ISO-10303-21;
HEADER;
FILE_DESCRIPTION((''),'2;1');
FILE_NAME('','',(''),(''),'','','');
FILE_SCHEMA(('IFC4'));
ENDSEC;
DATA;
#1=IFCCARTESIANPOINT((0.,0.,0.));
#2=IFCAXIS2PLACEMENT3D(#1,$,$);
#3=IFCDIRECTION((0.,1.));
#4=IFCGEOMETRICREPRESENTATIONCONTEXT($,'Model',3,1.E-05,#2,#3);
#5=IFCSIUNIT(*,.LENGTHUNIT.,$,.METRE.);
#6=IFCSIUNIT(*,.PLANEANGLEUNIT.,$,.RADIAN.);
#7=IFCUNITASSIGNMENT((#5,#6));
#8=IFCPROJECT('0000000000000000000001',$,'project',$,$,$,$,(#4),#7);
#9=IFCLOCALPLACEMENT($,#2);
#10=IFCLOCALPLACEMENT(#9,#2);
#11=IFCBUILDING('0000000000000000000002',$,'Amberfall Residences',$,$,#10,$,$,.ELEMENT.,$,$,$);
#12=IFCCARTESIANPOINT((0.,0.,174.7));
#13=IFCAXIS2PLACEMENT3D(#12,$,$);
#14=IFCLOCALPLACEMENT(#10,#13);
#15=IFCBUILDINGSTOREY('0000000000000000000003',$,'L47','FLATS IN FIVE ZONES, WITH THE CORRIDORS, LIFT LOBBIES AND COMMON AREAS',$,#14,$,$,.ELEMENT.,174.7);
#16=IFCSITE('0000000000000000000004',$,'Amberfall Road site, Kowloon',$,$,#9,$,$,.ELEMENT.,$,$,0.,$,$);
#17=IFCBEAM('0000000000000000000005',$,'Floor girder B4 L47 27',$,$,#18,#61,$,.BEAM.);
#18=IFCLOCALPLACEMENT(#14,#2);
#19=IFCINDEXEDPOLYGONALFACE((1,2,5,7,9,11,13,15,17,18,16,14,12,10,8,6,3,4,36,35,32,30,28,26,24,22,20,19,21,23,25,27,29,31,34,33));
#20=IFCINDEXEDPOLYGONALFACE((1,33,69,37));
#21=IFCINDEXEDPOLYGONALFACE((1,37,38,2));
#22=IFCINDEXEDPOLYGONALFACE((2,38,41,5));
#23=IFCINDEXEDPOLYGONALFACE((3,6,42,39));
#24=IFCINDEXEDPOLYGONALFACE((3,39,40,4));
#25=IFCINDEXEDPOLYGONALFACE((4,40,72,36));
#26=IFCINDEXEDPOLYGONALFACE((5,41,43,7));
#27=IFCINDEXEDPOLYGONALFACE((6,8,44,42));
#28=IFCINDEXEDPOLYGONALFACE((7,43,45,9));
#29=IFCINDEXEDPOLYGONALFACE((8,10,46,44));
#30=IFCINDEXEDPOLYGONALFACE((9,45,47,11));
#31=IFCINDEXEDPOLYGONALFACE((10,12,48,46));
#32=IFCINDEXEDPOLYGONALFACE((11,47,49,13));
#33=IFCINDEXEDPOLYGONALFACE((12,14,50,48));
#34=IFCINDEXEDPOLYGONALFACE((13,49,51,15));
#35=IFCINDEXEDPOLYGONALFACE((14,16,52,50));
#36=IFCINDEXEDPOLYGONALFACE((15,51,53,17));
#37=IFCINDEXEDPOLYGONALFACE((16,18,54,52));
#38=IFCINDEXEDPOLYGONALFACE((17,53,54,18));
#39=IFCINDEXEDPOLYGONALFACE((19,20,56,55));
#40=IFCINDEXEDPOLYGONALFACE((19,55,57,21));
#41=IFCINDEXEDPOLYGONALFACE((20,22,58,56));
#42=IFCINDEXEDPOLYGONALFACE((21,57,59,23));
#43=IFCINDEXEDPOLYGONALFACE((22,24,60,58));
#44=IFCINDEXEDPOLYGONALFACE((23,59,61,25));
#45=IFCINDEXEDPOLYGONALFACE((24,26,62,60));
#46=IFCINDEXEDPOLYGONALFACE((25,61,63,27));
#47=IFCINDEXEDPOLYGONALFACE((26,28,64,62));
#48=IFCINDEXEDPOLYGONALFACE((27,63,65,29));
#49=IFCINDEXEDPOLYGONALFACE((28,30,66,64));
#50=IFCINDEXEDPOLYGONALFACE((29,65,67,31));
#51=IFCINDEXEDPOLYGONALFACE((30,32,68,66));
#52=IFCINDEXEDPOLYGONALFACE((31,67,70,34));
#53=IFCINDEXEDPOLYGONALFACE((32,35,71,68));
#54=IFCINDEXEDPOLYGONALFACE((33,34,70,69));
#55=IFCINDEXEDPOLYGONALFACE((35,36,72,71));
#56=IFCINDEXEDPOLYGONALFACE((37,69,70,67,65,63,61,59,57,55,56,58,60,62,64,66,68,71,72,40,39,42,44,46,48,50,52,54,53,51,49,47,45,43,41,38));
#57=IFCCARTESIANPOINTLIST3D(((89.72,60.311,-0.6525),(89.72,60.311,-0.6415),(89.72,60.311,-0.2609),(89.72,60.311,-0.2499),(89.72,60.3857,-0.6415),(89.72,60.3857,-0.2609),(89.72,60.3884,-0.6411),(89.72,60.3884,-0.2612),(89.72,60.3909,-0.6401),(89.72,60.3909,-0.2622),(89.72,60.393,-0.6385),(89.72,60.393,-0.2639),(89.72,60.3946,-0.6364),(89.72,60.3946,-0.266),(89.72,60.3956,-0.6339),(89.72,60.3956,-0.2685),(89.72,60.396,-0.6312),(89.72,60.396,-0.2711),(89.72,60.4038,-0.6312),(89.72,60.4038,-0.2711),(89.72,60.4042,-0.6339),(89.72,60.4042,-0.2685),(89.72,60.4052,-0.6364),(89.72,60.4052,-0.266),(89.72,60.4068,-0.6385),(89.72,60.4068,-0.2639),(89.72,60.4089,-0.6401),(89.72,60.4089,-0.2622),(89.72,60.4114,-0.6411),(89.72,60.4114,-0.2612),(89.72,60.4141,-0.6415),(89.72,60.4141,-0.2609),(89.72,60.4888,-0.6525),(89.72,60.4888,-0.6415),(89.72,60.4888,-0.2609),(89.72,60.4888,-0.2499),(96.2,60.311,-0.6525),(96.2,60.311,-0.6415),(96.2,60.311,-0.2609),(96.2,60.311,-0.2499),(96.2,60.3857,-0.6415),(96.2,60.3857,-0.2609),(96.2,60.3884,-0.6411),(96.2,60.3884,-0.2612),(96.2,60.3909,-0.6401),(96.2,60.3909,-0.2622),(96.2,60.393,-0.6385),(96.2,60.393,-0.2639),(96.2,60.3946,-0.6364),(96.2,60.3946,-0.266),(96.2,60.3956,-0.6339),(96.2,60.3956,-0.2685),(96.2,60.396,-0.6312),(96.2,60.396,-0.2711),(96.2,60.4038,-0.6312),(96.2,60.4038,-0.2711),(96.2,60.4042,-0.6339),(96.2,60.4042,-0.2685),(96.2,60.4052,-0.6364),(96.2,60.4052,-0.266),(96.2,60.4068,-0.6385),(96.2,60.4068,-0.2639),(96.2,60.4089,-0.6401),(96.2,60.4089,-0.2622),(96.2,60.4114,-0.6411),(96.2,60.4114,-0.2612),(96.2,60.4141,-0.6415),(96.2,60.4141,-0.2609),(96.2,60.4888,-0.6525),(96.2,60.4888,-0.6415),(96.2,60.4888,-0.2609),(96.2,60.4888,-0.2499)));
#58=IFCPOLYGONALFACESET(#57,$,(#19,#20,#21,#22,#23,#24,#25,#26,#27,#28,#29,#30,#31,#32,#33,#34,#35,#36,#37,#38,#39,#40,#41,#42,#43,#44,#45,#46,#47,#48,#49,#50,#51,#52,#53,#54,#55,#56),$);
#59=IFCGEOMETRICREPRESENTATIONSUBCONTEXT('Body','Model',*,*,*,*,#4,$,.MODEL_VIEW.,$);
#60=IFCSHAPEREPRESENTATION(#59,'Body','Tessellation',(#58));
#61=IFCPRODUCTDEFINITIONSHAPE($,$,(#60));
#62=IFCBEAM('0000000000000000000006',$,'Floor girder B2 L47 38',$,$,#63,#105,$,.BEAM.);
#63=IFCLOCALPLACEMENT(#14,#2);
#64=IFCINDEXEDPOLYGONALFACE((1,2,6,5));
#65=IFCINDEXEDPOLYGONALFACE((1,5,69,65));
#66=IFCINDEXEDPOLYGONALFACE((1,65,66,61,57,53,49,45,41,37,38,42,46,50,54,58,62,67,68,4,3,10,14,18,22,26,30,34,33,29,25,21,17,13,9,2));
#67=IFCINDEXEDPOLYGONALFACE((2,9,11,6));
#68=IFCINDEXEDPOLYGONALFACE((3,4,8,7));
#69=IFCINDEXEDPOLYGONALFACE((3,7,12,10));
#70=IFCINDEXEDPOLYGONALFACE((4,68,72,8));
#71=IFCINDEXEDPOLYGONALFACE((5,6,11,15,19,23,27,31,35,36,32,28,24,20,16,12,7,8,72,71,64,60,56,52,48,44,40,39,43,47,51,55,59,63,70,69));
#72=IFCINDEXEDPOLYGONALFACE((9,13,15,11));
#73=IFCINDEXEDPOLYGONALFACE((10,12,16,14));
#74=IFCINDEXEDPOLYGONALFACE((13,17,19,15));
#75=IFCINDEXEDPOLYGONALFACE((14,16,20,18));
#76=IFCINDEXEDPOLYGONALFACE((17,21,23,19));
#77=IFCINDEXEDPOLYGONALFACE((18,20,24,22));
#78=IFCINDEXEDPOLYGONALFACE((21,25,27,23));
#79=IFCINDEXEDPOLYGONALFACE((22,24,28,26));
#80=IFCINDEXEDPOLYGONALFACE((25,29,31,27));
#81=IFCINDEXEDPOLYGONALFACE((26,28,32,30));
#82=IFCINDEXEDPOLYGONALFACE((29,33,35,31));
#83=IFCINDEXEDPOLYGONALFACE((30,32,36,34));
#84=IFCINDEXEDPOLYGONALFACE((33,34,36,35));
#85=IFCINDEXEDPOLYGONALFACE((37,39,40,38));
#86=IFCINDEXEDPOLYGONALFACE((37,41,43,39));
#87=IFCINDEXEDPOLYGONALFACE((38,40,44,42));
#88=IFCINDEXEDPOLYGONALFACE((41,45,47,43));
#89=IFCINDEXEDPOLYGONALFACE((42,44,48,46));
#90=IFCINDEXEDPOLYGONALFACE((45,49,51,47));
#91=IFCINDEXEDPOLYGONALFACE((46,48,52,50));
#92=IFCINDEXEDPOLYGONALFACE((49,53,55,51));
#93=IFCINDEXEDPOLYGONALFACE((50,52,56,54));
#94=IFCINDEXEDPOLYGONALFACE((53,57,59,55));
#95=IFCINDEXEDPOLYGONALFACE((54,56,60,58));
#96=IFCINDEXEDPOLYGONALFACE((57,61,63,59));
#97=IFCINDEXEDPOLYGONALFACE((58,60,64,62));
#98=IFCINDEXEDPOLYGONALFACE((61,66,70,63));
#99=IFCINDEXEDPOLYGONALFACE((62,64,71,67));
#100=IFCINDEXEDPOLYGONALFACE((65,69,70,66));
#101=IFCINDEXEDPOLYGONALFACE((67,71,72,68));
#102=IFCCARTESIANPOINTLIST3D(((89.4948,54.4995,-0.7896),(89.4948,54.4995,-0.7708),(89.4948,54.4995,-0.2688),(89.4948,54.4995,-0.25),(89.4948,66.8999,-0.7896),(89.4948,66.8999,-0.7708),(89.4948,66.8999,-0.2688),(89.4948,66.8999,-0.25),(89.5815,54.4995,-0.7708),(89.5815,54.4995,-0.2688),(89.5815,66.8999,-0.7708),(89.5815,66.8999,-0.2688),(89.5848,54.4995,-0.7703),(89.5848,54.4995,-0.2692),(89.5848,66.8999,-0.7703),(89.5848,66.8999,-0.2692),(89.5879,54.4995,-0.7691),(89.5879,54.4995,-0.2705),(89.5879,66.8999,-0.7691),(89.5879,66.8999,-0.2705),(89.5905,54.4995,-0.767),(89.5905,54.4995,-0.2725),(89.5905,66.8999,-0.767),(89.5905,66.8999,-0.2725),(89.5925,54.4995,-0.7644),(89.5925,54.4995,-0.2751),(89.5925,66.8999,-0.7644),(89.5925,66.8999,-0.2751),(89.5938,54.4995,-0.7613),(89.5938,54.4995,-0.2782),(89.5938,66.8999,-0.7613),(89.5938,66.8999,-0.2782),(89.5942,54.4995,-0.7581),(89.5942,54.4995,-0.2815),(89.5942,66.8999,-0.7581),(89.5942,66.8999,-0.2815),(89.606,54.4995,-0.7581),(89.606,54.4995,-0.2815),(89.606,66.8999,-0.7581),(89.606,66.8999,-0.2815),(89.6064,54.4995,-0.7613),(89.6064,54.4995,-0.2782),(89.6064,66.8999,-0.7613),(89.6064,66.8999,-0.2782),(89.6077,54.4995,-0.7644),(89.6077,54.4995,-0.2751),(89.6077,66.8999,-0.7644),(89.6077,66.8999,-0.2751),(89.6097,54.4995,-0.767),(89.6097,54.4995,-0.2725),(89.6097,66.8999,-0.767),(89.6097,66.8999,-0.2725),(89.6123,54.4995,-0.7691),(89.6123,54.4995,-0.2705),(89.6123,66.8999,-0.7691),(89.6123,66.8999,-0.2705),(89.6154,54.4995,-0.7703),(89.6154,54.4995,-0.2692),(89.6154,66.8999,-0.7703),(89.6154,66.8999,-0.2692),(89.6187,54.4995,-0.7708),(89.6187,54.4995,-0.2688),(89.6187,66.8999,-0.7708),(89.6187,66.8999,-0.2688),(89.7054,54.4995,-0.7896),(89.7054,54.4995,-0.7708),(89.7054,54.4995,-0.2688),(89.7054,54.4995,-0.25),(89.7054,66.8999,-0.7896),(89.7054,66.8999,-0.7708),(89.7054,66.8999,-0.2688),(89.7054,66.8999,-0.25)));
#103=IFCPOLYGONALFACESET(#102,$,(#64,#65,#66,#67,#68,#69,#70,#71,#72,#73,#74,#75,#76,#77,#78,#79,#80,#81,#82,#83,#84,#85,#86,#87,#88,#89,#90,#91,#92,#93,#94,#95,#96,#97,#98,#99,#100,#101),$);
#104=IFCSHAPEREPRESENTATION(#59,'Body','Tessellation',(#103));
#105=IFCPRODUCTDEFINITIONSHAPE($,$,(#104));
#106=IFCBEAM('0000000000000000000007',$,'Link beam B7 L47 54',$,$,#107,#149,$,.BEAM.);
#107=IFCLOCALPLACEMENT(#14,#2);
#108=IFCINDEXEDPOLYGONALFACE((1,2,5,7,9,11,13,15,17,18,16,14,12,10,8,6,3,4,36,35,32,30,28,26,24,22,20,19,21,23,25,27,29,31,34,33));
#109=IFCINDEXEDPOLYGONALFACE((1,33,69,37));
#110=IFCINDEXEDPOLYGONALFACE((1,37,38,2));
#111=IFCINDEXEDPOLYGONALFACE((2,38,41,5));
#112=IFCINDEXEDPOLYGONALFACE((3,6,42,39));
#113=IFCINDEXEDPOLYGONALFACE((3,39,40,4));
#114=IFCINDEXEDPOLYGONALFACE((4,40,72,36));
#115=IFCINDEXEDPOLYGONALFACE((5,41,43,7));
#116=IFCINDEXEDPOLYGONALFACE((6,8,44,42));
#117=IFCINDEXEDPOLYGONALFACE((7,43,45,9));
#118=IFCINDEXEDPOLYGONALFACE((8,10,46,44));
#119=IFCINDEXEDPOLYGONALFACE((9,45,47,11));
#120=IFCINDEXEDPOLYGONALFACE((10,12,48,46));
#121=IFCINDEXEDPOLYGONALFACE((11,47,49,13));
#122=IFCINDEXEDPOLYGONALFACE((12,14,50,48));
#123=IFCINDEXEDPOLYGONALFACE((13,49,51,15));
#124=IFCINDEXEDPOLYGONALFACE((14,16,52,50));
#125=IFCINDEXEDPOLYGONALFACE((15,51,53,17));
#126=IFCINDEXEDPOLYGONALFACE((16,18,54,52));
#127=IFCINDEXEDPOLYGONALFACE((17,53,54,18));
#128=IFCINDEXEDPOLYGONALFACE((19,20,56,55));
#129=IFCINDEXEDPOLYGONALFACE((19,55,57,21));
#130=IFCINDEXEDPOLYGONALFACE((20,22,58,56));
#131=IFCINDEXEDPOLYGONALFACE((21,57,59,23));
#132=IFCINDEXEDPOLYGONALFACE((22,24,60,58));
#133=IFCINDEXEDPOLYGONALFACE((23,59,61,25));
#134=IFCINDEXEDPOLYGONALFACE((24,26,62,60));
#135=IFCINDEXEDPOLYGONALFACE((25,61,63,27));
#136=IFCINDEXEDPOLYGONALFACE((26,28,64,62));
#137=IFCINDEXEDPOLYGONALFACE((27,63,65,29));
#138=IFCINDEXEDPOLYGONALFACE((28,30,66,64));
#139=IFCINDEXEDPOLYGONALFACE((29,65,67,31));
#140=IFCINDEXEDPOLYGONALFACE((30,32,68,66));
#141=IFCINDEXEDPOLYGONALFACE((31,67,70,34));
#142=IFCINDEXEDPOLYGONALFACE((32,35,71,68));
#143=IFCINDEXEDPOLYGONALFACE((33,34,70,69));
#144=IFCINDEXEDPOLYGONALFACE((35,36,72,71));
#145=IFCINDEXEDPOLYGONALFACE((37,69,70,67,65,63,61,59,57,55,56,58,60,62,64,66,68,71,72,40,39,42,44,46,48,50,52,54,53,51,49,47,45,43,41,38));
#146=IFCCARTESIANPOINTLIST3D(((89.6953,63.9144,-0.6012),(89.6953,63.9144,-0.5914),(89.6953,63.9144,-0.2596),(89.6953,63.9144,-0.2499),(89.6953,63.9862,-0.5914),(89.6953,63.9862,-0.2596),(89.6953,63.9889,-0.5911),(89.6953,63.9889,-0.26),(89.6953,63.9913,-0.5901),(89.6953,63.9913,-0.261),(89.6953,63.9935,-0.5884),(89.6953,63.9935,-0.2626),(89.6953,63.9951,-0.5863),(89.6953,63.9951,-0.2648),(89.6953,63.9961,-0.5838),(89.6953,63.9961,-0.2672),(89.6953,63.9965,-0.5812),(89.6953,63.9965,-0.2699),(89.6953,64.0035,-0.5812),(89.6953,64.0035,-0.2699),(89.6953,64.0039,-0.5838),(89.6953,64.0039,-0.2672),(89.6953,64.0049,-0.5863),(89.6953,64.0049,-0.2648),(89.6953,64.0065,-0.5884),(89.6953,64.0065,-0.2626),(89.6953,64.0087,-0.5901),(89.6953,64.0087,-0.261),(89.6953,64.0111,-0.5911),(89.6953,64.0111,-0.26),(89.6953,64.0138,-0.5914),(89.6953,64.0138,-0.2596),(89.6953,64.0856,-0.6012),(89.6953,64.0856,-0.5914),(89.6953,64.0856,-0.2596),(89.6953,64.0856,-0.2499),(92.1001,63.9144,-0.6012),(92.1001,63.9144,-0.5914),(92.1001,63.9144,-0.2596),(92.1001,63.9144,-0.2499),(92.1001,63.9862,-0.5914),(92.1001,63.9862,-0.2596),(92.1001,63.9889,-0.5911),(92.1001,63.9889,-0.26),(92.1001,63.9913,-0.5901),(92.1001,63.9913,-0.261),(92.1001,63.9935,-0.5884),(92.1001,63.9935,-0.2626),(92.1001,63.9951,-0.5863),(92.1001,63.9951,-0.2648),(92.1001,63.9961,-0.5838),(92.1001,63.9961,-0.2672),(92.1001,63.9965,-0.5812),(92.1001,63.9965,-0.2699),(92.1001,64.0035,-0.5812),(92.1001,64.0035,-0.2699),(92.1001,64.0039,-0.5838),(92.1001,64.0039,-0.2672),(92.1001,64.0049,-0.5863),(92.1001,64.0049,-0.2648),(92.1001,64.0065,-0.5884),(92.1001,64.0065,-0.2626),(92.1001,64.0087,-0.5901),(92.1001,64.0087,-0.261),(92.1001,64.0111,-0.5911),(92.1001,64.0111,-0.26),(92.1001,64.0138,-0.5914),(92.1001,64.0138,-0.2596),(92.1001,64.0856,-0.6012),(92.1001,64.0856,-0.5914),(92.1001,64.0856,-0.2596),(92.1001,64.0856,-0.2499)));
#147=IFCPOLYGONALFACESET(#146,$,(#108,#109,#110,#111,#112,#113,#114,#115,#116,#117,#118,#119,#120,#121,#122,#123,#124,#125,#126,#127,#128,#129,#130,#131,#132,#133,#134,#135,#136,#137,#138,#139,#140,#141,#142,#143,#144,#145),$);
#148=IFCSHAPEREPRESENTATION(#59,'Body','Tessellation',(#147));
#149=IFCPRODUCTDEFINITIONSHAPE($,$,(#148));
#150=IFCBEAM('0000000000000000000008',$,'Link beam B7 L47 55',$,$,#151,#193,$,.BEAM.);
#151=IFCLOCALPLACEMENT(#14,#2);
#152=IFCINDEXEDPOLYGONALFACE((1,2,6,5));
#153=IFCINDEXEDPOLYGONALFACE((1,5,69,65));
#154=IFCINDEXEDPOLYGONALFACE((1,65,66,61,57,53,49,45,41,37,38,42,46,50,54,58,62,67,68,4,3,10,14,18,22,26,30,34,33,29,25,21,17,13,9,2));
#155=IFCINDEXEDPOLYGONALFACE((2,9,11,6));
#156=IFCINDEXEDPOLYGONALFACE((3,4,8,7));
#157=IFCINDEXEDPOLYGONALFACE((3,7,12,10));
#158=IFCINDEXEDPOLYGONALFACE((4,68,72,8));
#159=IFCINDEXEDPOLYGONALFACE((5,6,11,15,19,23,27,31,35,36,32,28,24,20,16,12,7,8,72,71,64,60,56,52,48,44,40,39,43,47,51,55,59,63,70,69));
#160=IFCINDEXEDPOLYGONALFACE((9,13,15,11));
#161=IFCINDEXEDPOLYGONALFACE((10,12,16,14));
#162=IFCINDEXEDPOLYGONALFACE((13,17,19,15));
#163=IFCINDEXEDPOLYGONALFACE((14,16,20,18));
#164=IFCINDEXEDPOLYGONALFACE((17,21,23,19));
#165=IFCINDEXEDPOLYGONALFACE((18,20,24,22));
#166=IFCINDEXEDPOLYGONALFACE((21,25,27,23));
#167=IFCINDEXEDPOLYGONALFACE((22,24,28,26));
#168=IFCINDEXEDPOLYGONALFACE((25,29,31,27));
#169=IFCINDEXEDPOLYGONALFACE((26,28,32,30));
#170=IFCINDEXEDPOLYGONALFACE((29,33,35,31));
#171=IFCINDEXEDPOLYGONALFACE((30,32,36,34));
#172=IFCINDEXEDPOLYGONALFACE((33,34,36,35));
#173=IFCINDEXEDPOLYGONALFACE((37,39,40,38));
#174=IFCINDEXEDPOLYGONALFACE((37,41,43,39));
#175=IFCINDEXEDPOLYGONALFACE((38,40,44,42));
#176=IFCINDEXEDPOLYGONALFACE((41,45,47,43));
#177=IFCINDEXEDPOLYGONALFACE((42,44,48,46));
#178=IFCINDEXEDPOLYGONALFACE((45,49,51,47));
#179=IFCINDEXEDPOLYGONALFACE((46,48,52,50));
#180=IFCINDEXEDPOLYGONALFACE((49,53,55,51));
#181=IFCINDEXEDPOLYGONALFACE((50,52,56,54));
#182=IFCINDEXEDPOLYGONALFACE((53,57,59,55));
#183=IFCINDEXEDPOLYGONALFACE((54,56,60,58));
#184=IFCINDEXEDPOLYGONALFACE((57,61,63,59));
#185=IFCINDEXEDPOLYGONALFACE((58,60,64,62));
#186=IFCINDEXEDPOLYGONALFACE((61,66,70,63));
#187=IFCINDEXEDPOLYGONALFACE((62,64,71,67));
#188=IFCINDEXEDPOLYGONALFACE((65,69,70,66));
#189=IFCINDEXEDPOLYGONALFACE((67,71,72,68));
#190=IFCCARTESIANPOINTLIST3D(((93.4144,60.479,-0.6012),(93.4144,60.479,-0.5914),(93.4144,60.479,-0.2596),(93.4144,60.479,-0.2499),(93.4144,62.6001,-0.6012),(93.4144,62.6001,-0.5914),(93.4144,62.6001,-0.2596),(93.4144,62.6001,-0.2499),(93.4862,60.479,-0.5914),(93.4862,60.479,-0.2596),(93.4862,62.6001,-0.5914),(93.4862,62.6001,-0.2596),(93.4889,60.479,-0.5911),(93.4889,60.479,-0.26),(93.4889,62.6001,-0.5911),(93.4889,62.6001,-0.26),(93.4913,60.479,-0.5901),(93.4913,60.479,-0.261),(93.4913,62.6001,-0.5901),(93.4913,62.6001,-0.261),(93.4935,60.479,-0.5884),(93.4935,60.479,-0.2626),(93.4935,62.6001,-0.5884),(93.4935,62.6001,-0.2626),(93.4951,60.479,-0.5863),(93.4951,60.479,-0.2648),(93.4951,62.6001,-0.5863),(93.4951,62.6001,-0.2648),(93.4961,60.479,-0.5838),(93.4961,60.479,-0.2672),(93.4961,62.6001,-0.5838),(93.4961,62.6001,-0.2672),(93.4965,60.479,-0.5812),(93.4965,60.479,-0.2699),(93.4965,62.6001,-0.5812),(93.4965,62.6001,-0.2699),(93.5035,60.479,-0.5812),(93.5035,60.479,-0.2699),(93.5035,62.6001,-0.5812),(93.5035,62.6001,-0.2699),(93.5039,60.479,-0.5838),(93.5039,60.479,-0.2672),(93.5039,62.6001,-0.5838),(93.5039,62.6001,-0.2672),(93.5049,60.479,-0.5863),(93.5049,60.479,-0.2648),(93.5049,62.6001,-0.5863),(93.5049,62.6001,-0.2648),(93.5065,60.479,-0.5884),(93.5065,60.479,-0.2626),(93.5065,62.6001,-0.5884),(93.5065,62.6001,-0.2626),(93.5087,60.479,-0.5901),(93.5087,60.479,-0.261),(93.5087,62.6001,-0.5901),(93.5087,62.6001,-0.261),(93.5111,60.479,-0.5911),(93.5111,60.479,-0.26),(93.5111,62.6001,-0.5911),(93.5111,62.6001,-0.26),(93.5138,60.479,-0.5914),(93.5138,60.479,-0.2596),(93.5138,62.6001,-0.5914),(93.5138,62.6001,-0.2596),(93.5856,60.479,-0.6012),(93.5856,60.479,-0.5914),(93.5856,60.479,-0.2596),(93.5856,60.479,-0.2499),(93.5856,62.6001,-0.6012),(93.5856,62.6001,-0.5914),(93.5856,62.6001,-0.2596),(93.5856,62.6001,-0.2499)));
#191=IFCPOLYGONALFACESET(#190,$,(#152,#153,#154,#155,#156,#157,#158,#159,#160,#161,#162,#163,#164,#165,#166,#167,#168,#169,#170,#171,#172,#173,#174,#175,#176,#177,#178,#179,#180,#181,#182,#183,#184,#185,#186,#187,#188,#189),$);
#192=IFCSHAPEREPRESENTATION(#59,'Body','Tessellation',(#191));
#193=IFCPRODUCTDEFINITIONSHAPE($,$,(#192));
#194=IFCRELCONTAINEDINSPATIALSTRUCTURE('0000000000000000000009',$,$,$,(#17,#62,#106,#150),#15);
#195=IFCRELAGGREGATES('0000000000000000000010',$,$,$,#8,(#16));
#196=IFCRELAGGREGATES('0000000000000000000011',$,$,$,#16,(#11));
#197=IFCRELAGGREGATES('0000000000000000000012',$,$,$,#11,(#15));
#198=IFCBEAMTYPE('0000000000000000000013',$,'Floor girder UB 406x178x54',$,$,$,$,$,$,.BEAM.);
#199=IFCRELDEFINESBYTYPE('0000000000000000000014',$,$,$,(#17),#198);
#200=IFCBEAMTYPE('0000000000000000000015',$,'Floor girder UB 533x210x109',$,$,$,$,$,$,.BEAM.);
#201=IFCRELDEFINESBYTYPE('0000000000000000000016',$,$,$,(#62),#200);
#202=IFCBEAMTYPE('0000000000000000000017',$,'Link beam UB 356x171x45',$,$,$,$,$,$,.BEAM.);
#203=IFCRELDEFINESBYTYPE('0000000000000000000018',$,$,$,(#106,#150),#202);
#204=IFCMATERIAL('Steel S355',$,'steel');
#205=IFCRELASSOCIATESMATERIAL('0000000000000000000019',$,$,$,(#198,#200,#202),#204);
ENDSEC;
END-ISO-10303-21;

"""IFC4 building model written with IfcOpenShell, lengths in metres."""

from ifc_helpers import new_model, si_unit, direction, frame, origin, origin_2d, place, context, subcontext, project, spatial, i_section, extrude, material, material_profile, profile_set, type_object, element, save


model = new_model("IFC4")

# Units and contexts
model_context = context("Model", 3, precision=1e-05, world=origin(), true_north=direction((0.0, 1.0)))
body_context = subcontext(model_context, "Body", "Model", "MODEL_VIEW")
ifc_project = project(units=[si_unit("LENGTHUNIT", "METRE"), si_unit("PLANEANGLEUNIT", "RADIAN")], contexts=[model_context])

# Site, building, storey
site_placement = place(None, origin())
site = spatial("IfcSite", under=ifc_project, at=site_placement, Name="Amberfall Road site, Kowloon", CompositionType="ELEMENT", RefElevation=0.0)
building_placement = place(site_placement, origin())
building = spatial("IfcBuilding", under=site, at=building_placement, Name="Amberfall Residences", CompositionType="ELEMENT")
storey_placement = place(building_placement, frame((0.0, 0.0, 174.7)))
storey = spatial("IfcBuildingStorey", under=building, at=storey_placement, Name="L47", Description="FLATS IN FIVE ZONES, WITH THE CORRIDORS, LIFT LOBBIES AND COMMON AREAS", CompositionType="ELEMENT", Elevation=174.7)

# Shared definitions
ifc_material_1 = material(Name="Steel S355", Category="steel")

# Beams
ifc_material_profile_1 = material_profile(ifc_material_1, i_section(OverallWidth=0.1777, OverallDepth=0.4026, WebThickness=0.0078, FlangeThickness=0.011, FilletRadius=0.0103, at=origin_2d()), Name="UB 406x178x54")
ifc_profile_set_1 = profile_set([ifc_material_profile_1], Name="Steel S355")
beam_type_1 = type_object("IfcBeamType", Name="Floor girder UB 406x178x54", PredefinedType="BEAM", material=ifc_profile_set_1)
beam_1_placement = place(storey_placement, frame((96.2, 60.3999, -0.4512), z_axis=(-1.0, 0.0, 0.0), x_axis=(0.0, -1.0, 0.0)))
element("IfcBeam", 1, at=beam_1_placement, inside=storey, type_object=beam_type_1, Name="Floor girder B4 L47 27", PredefinedType="BEAM", context=body_context, shape_type="SweptSolid", body=[
    extrude(i_section(OverallWidth=0.1777, OverallDepth=0.4026, WebThickness=0.0078, FlangeThickness=0.011, FilletRadius=0.0103, at=origin_2d()), origin(), (0.0, 0.0, 1.0), 6.48),
])
ifc_material_profile_2 = material_profile(ifc_material_1, i_section(OverallWidth=0.2107, OverallDepth=0.5396, WebThickness=0.0117, FlangeThickness=0.0188, FilletRadius=0.0127, at=origin_2d()), Name="UB 533x210x109")
ifc_profile_set_2 = profile_set([ifc_material_profile_2], Name="Steel S355")
beam_type_2 = type_object("IfcBeamType", Name="Floor girder UB 533x210x109", PredefinedType="BEAM", material=ifc_profile_set_2)
beam_2_placement = place(storey_placement, frame((89.6001, 66.8999, -0.5198), z_axis=(0.0, -1.0, 0.0), x_axis=(1.0, 0.0, 0.0)))
element("IfcBeam", 2, at=beam_2_placement, inside=storey, type_object=beam_type_2, Name="Floor girder B2 L47 38", PredefinedType="BEAM", context=body_context, shape_type="SweptSolid", body=[
    extrude(i_section(OverallWidth=0.2107, OverallDepth=0.5396, WebThickness=0.0117, FlangeThickness=0.0188, FilletRadius=0.0127, at=origin_2d()), origin(), (0.0, 0.0, 1.0), 12.4004),
])
ifc_material_profile_3 = material_profile(ifc_material_1, i_section(OverallWidth=0.1711, OverallDepth=0.3513, WebThickness=0.0071, FlangeThickness=0.0098, FilletRadius=0.0103, at=origin_2d()), Name="UB 356x171x45")
ifc_profile_set_3 = profile_set([ifc_material_profile_3], Name="Steel S355")
beam_type_3 = type_object("IfcBeamType", Name="Link beam UB 356x171x45", PredefinedType="BEAM", material=ifc_profile_set_3)
beam_3_placement = place(storey_placement, frame((92.1001, 64.0, -0.4255), z_axis=(-1.0, 0.0, 0.0), x_axis=(0.0, -1.0, 0.0)))
element("IfcBeam", 3, at=beam_3_placement, inside=storey, type_object=beam_type_3, Name="Link beam B7 L47 54", PredefinedType="BEAM", context=body_context, shape_type="SweptSolid", body=[
    extrude(i_section(OverallWidth=0.1711, OverallDepth=0.3513, WebThickness=0.0071, FlangeThickness=0.0098, FilletRadius=0.0103, at=origin_2d()), origin(), (0.0, 0.0, 1.0), 2.4048),
])
beam_4_placement = place(storey_placement, frame((93.5, 62.6001, -0.4255), z_axis=(0.0, -1.0, 0.0), x_axis=(1.0, 0.0, 0.0)))
element("IfcBeam", 4, at=beam_4_placement, inside=storey, type_object=beam_type_3, Name="Link beam B7 L47 55", PredefinedType="BEAM", context=body_context, shape_type="SweptSolid", body=[
    extrude(i_section(OverallWidth=0.1711, OverallDepth=0.3513, WebThickness=0.0071, FlangeThickness=0.0098, FilletRadius=0.0103, at=origin_2d()), origin(), (0.0, 0.0, 1.0), 2.1211),
])

save(model, "model.ifc")
